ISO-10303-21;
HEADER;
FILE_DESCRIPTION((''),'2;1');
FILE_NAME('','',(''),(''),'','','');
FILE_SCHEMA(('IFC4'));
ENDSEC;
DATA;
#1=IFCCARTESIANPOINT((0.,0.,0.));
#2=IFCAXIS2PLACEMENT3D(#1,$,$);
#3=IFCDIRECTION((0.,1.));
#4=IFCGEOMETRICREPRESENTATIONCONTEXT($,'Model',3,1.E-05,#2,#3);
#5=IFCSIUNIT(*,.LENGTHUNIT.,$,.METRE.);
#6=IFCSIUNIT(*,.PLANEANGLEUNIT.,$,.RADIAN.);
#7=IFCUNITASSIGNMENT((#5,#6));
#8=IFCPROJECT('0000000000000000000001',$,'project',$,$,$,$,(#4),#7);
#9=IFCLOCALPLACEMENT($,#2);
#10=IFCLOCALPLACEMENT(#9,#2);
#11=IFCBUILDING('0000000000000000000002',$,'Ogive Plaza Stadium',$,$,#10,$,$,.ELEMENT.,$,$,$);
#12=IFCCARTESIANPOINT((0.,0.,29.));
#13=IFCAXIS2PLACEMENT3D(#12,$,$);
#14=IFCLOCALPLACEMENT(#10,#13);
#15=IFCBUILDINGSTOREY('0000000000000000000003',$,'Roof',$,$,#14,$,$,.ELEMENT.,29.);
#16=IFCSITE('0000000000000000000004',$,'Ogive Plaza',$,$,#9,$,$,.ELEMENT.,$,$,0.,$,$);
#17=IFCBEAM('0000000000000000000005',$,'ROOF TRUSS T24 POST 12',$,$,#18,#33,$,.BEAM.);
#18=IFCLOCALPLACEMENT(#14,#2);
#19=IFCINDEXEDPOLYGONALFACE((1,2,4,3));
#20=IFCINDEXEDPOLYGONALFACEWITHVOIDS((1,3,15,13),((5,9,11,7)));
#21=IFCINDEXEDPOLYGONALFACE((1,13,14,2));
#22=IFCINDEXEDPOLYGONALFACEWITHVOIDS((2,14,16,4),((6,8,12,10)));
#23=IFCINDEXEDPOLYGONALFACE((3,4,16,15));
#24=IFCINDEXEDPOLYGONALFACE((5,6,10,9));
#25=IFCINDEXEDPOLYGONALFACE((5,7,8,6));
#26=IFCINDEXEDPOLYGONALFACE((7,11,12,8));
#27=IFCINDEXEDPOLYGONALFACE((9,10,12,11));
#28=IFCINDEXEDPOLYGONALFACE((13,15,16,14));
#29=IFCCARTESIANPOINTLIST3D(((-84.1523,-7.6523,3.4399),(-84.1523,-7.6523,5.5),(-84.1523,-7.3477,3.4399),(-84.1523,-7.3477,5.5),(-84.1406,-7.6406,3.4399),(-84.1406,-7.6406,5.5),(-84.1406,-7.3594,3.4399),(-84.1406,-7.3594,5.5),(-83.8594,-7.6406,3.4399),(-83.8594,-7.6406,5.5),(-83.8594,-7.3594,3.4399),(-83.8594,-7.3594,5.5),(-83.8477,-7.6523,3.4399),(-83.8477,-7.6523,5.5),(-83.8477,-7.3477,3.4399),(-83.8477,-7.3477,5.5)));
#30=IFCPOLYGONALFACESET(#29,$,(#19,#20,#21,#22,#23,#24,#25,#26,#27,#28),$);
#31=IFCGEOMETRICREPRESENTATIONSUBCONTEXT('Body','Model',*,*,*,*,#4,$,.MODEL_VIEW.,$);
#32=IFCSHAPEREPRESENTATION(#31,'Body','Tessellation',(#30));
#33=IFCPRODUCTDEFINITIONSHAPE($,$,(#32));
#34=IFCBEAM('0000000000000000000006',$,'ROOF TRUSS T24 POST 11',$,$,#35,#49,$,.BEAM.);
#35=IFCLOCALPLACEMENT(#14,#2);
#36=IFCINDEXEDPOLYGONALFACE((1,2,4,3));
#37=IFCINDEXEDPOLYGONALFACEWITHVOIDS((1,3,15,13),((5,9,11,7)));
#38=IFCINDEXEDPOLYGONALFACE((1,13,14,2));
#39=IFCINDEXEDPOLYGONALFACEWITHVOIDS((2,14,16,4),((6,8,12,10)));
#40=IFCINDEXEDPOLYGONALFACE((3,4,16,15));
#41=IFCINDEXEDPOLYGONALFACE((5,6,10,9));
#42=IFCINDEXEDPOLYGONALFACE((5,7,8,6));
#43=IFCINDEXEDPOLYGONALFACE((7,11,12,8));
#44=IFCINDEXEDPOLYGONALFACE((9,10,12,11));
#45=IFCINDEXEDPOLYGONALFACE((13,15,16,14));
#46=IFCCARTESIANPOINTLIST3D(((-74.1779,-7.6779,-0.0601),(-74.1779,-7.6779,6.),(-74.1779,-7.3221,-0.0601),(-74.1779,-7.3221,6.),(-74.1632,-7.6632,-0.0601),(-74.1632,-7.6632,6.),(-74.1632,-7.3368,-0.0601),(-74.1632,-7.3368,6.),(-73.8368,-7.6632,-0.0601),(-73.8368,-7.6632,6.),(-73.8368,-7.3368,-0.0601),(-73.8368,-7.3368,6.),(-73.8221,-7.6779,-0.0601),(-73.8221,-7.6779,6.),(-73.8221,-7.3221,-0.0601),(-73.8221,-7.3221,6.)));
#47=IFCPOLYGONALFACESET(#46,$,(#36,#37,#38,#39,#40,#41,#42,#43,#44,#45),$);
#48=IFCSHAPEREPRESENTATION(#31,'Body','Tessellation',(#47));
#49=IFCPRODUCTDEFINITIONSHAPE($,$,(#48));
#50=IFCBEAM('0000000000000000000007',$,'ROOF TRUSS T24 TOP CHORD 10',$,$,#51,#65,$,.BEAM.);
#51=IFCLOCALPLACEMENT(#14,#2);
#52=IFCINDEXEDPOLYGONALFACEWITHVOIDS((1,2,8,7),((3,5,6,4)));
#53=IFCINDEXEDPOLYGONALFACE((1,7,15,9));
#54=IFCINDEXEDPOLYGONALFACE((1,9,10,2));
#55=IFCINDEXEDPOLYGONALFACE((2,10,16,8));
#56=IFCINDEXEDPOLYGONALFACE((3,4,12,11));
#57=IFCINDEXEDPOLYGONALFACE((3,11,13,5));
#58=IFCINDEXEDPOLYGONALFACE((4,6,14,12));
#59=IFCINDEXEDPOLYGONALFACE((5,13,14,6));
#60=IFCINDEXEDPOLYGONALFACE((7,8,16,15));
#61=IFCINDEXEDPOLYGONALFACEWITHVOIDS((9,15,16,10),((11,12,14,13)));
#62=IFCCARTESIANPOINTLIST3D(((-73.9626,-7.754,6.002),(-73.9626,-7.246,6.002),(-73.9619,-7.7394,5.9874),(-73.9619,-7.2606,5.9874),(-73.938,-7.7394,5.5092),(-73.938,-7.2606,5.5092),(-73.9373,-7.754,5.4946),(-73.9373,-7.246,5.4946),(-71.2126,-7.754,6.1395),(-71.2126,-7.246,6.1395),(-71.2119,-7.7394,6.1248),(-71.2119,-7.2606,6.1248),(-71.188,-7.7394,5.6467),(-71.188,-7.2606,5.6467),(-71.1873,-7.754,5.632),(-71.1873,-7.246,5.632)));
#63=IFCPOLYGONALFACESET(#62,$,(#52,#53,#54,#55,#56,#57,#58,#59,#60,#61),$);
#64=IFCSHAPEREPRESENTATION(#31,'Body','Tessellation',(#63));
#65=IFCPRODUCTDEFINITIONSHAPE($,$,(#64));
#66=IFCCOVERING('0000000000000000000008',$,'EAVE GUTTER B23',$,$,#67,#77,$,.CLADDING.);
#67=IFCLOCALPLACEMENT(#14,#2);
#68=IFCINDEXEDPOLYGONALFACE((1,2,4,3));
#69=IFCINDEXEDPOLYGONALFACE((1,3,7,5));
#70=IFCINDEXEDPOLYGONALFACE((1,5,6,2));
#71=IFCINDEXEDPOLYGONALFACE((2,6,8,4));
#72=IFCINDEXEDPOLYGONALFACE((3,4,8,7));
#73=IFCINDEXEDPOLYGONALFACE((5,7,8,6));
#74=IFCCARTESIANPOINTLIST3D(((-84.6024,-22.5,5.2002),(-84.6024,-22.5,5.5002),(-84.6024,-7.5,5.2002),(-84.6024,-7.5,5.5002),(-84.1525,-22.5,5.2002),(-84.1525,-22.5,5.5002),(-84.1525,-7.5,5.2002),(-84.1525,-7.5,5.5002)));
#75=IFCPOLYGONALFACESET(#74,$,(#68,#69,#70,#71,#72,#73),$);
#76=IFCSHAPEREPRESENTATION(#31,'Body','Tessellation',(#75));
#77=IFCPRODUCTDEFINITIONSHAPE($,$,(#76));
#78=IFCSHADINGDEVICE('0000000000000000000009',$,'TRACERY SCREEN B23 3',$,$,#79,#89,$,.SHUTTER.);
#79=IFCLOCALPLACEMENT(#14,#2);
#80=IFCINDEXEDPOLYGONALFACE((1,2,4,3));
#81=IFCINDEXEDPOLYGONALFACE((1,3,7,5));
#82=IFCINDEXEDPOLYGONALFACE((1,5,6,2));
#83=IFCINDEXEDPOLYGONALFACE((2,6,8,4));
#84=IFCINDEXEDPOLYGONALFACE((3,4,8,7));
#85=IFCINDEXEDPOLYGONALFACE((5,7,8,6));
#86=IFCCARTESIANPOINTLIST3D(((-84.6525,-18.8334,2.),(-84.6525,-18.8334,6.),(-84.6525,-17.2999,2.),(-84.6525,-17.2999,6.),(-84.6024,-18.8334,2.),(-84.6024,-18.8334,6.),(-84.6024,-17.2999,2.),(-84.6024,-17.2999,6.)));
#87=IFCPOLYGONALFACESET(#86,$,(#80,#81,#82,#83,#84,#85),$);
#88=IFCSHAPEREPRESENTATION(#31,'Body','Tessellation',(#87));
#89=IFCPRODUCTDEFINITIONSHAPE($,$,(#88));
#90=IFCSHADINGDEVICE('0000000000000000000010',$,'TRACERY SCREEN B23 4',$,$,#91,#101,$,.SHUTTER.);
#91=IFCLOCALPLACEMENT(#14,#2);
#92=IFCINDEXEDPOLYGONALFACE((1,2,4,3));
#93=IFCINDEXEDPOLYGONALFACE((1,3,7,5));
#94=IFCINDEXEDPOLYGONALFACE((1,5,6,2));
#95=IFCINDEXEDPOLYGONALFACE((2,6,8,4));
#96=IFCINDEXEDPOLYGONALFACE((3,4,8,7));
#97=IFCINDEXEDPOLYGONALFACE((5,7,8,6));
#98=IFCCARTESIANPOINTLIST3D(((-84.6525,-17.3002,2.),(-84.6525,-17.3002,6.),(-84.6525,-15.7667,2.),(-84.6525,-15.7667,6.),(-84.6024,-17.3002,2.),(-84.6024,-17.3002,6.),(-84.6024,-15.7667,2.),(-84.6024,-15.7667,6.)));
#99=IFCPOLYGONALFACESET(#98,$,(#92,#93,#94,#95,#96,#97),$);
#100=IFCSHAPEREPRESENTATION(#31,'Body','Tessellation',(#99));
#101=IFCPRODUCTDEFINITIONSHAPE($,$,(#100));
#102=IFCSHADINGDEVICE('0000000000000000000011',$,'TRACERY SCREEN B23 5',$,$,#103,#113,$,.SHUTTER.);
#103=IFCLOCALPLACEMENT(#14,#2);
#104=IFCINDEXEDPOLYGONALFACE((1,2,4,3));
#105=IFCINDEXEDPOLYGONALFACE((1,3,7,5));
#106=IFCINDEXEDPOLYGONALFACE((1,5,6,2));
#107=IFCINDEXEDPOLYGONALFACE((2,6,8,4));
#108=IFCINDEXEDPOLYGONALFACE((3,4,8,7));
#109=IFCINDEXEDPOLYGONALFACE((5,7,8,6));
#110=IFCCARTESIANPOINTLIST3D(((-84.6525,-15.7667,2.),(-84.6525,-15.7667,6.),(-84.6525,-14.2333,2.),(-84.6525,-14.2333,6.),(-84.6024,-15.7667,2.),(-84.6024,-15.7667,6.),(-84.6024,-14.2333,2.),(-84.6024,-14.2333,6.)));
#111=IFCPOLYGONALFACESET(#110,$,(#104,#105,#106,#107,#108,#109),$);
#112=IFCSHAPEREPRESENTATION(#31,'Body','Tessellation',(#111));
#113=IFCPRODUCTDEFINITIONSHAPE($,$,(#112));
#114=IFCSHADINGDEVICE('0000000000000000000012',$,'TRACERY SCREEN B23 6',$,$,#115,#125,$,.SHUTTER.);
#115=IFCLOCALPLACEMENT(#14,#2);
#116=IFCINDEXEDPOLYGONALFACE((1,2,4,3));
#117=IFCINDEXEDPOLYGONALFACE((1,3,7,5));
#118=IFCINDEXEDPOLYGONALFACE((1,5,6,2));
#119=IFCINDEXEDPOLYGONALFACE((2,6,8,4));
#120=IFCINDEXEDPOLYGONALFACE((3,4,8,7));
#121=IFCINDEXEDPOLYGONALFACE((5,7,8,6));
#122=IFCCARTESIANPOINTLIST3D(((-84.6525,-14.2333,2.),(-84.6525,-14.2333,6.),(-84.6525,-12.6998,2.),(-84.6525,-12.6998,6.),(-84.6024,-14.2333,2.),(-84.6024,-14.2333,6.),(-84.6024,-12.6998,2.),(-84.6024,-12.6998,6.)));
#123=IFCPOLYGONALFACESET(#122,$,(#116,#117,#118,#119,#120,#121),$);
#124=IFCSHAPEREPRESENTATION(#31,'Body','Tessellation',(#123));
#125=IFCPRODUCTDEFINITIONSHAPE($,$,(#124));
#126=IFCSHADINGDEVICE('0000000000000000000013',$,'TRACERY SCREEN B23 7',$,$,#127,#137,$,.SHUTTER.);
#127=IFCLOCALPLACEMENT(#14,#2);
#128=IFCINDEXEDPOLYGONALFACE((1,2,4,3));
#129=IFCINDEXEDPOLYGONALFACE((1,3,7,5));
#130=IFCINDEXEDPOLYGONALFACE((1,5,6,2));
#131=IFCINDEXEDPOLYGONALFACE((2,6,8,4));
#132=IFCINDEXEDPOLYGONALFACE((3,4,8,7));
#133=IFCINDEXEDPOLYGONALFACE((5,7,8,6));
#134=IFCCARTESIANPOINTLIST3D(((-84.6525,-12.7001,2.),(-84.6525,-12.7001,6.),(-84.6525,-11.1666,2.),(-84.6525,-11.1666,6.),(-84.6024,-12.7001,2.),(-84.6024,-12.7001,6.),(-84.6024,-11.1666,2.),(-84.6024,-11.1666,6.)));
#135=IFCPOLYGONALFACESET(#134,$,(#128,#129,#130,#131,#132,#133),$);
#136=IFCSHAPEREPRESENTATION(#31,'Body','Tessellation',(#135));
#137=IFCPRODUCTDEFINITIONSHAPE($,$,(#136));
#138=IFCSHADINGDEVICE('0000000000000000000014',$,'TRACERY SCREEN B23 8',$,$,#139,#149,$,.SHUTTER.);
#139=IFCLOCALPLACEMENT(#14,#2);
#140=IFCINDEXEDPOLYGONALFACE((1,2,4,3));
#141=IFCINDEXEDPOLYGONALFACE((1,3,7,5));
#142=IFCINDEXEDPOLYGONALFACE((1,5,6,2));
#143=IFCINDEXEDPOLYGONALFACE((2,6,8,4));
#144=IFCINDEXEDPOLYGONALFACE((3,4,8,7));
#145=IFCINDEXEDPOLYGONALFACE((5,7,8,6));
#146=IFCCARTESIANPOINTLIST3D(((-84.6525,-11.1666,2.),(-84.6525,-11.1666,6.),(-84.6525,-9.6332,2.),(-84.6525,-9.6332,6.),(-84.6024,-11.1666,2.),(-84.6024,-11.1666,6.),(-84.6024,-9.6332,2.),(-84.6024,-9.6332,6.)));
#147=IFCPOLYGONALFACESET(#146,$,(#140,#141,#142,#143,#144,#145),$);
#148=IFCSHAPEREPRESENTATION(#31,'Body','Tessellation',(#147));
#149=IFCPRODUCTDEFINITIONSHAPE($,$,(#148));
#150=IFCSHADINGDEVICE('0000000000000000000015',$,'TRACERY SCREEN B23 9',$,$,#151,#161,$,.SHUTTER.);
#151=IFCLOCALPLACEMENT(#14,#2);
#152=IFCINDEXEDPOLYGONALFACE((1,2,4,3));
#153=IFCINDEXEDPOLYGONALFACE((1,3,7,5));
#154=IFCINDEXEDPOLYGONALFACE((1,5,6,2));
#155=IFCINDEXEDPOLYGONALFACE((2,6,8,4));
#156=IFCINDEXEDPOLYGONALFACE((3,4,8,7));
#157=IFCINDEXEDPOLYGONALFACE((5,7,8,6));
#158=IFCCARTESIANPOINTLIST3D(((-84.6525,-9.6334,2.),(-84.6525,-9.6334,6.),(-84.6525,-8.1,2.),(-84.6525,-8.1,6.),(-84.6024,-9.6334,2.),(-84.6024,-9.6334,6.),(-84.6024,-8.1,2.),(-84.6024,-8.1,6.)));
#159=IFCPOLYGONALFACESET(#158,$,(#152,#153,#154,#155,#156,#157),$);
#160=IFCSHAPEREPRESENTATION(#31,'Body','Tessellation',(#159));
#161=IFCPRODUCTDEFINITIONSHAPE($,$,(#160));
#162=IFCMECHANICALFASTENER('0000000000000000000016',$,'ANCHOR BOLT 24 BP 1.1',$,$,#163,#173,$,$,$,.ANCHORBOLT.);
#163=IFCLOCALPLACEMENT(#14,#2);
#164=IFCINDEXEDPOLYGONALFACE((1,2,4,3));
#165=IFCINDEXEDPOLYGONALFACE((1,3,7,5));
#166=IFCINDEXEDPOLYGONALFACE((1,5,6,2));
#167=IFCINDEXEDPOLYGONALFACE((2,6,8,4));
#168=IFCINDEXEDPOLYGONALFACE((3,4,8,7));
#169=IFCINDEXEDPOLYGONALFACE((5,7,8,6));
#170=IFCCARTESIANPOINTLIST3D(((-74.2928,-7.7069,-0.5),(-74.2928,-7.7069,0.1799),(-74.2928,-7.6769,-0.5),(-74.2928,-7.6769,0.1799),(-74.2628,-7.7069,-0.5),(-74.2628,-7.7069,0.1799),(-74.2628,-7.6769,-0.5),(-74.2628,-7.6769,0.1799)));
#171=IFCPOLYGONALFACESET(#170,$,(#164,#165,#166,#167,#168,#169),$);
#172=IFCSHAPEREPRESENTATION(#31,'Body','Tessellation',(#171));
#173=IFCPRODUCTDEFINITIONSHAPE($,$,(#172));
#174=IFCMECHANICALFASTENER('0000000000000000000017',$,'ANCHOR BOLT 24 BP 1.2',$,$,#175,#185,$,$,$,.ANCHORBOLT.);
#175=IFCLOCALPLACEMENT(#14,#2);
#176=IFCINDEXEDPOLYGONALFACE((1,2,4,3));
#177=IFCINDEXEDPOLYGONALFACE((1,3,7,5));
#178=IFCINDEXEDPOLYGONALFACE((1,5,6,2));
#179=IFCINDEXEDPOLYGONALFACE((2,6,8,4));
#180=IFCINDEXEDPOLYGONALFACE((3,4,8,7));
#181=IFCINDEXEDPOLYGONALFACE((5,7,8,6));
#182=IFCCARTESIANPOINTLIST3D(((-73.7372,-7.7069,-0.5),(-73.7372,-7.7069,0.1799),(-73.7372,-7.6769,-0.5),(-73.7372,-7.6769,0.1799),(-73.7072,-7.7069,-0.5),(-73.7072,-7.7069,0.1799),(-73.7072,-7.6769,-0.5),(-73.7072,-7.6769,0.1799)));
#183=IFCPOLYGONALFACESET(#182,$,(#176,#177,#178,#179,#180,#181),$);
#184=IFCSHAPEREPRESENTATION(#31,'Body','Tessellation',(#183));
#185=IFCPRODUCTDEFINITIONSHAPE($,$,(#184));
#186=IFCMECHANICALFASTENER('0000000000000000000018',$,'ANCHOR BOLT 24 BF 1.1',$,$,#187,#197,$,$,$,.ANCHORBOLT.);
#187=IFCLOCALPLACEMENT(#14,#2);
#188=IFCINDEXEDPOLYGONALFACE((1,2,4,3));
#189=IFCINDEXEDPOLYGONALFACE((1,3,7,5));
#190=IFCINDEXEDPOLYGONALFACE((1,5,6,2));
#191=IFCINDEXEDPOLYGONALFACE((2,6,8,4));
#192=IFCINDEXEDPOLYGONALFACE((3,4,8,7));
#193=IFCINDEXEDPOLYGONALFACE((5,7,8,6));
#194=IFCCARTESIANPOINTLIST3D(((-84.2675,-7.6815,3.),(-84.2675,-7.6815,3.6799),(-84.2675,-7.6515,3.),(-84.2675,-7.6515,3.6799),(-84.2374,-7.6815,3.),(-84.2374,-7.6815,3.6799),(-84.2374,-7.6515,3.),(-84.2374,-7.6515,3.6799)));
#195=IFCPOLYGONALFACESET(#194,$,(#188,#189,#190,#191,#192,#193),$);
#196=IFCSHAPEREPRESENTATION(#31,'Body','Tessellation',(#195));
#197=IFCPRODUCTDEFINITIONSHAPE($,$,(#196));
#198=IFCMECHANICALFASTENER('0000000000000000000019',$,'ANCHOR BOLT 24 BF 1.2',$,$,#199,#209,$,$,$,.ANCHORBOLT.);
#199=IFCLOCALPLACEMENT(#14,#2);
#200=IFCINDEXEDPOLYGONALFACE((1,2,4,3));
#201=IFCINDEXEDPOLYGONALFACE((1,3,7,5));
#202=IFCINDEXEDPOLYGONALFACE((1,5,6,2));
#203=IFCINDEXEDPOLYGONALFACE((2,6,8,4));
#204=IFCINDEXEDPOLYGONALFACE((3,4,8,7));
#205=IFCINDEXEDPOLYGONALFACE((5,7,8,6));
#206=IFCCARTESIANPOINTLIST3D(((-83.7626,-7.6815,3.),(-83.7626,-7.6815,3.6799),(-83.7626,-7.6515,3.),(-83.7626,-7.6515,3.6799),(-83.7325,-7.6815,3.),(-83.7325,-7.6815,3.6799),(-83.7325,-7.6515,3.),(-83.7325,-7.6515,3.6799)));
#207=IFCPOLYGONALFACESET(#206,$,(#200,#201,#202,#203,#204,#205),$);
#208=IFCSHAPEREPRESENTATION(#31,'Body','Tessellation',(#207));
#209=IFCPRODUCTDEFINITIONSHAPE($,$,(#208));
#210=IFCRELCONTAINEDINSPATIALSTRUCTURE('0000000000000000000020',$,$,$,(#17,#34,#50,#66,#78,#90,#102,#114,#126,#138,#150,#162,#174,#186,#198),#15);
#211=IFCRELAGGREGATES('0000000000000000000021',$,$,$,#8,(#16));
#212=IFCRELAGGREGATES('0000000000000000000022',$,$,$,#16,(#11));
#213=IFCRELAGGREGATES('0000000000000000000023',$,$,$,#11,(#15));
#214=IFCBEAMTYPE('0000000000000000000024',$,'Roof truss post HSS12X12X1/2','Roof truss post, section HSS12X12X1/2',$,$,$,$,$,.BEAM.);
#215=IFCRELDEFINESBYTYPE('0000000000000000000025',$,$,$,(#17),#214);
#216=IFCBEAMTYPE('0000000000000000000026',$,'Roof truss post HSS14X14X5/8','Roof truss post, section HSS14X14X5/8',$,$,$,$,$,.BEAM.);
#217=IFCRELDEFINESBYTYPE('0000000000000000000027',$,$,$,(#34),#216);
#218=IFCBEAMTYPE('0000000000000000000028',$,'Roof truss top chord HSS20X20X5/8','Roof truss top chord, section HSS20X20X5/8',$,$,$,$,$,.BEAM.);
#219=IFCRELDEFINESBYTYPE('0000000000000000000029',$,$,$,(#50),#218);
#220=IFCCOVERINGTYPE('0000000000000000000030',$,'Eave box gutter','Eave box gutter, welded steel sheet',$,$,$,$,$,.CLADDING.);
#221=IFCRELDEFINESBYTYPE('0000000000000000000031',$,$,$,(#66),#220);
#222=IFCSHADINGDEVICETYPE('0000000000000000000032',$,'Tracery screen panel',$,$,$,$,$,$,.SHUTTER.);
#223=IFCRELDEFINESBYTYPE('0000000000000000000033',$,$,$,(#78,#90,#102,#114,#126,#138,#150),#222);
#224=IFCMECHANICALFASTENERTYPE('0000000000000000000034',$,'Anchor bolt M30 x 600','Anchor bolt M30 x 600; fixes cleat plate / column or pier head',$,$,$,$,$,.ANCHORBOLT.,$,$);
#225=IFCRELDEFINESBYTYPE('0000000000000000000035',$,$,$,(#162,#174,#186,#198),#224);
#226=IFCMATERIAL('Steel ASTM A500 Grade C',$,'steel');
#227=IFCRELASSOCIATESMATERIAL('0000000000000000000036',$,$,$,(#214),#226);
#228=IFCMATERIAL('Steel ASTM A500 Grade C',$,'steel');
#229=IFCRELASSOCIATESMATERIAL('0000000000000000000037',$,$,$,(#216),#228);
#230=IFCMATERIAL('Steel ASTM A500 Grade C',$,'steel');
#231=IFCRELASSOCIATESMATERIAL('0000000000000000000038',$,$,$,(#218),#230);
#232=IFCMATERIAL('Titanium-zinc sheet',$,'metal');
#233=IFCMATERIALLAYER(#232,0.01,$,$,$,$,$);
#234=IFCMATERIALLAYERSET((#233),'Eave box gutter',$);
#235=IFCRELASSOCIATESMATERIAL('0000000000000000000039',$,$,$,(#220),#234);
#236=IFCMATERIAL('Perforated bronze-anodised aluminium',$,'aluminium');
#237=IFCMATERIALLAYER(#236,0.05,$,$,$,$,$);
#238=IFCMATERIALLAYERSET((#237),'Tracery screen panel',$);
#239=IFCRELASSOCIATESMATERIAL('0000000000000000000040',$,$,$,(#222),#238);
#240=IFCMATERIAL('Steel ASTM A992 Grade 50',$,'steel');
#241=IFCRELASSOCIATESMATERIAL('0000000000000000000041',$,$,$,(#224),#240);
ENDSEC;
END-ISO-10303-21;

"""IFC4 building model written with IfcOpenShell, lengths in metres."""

from ifc_helpers import new_model, si_unit, direction, frame, origin, origin_2d, place, context, subcontext, project, spatial, rectangle, hollow_rectangle, extrude, material, layer, layer_set, material_profile, profile_set, type_object, element, save


model = new_model("IFC4")

# Units and contexts
model_context = context("Model", 3, precision=1e-05, world=origin(), true_north=direction((0.0, 1.0)))
body_context = subcontext(model_context, "Body", "Model", "MODEL_VIEW")
ifc_project = project(units=[si_unit("LENGTHUNIT", "METRE"), si_unit("PLANEANGLEUNIT", "RADIAN")], contexts=[model_context])

# Site, building, storey
site_placement = place(None, origin())
site = spatial("IfcSite", under=ifc_project, at=site_placement, Name="Ogive Plaza", CompositionType="ELEMENT", RefElevation=0.0)
building_placement = place(site_placement, origin())
building = spatial("IfcBuilding", under=site, at=building_placement, Name="Ogive Plaza Stadium", CompositionType="ELEMENT")
storey_placement = place(building_placement, frame((0.0, 0.0, 29.0)))
storey = spatial("IfcBuildingStorey", under=building, at=storey_placement, Name="Roof", CompositionType="ELEMENT", Elevation=29.0)

# Beams
ifc_material_1 = material(Name="Steel ASTM A500 Grade C", Category="steel")
ifc_material_profile_1 = material_profile(ifc_material_1, hollow_rectangle(XDim=0.3047, YDim=0.3047, WallThickness=0.0117, at=origin_2d()), Name="HSS12X12X1/2")
ifc_profile_set_1 = profile_set([ifc_material_profile_1], Name="Steel ASTM A500 Grade C")
beam_type_1 = type_object("IfcBeamType", Name="Roof truss post HSS12X12X1/2", Description="Roof truss post, section HSS12X12X1/2", PredefinedType="BEAM", material=ifc_profile_set_1)
beam_1_placement = place(storey_placement, frame((-84.0, -7.5, 3.4399), z_axis=(0.0, 0.0, 1.0), x_axis=(0.0, -1.0, 0.0)))
element("IfcBeam", 1, at=beam_1_placement, inside=storey, type_object=beam_type_1, Name="ROOF TRUSS T24 POST 12", PredefinedType="BEAM", context=body_context, shape_type="SweptSolid", body=[
    extrude(hollow_rectangle(XDim=0.3047, YDim=0.3047, WallThickness=0.0117, at=origin_2d()), origin(), (0.0, 0.0, 1.0), 2.0601),
])
ifc_material_2 = material(Name="Steel ASTM A500 Grade C", Category="steel")
ifc_material_profile_2 = material_profile(ifc_material_2, hollow_rectangle(XDim=0.3557, YDim=0.3557, WallThickness=0.0146, at=origin_2d()), Name="HSS14X14X5/8")
ifc_profile_set_2 = profile_set([ifc_material_profile_2], Name="Steel ASTM A500 Grade C")
beam_type_2 = type_object("IfcBeamType", Name="Roof truss post HSS14X14X5/8", Description="Roof truss post, section HSS14X14X5/8", PredefinedType="BEAM", material=ifc_profile_set_2)
beam_2_placement = place(storey_placement, frame((-74.0, -7.5, -0.0601), z_axis=(0.0, 0.0, 1.0), x_axis=(0.0, -1.0, 0.0)))
element("IfcBeam", 2, at=beam_2_placement, inside=storey, type_object=beam_type_2, Name="ROOF TRUSS T24 POST 11", PredefinedType="BEAM", context=body_context, shape_type="SweptSolid", body=[
    extrude(hollow_rectangle(XDim=0.3557, YDim=0.3557, WallThickness=0.0146, at=origin_2d()), origin(), (0.0, 0.0, 1.0), 6.0601),
])
ifc_material_3 = material(Name="Steel ASTM A500 Grade C", Category="steel")
ifc_material_profile_3 = material_profile(ifc_material_3, hollow_rectangle(XDim=0.5081, YDim=0.5081, WallThickness=0.0146, at=origin_2d()), Name="HSS20X20X5/8")
ifc_profile_set_3 = profile_set([ifc_material_profile_3], Name="Steel ASTM A500 Grade C")
beam_type_3 = type_object("IfcBeamType", Name="Roof truss top chord HSS20X20X5/8", Description="Roof truss top chord, section HSS20X20X5/8", PredefinedType="BEAM", material=ifc_profile_set_3)
beam_3_placement = place(storey_placement, frame((-71.2, -7.5, 5.8857), z_axis=(-0.998753, 0.0, -0.04992), x_axis=(0.0, -1.0, 0.0)))
element("IfcBeam", 3, at=beam_3_placement, inside=storey, type_object=beam_type_3, Name="ROOF TRUSS T24 TOP CHORD 10", PredefinedType="BEAM", context=body_context, shape_type="SweptSolid", body=[
    extrude(hollow_rectangle(XDim=0.5081, YDim=0.5081, WallThickness=0.0146, at=origin_2d()), origin(), (0.0, 0.0, 1.0), 2.7534),
])

# Covering
ifc_material_4 = material(Name="Titanium-zinc sheet", Category="metal")
ifc_layer_1 = layer(ifc_material_4, 0.01)
ifc_layer_set_1 = layer_set([ifc_layer_1], Name="Eave box gutter")
covering_type = type_object("IfcCoveringType", Name="Eave box gutter", Description="Eave box gutter, welded steel sheet", PredefinedType="CLADDING", material=ifc_layer_set_1)
covering_placement = place(storey_placement, frame((-84.3774, -15.0, 5.2002), z_axis=(0.0, 0.0, 1.0), x_axis=(0.0, 1.0, 0.0)))
element("IfcCovering", 4, at=covering_placement, inside=storey, type_object=covering_type, Name="EAVE GUTTER B23", PredefinedType="CLADDING", context=body_context, shape_type="SweptSolid", body=[
    extrude(rectangle(XDim=15.0, YDim=0.45, at=origin_2d()), origin(), (0.0, 0.0, 1.0), 0.3),
])

# Shading devices
ifc_material_5 = material(Name="Perforated bronze-anodised aluminium", Category="aluminium")
ifc_layer_2 = layer(ifc_material_5, 0.05)
ifc_layer_set_2 = layer_set([ifc_layer_2], Name="Tracery screen panel")
shading_device_type = type_object("IfcShadingDeviceType", Name="Tracery screen panel", PredefinedType="SHUTTER", material=ifc_layer_set_2)
for number, where, z_axis, x_axis, name in (
    (5, (-84.6274, -18.0667, 2.0), (0.0, 0.0, 1.0), (0.0, 1.0, 0.0), "TRACERY SCREEN B23 3"),
    (6, (-84.6274, -16.5334, 2.0), (0.0, 0.0, 1.0), (0.0, 1.0, 0.0), "TRACERY SCREEN B23 4"),
    (7, (-84.6274, -15.0, 2.0), (0.0, 0.0, 1.0), (0.0, 1.0, 0.0), "TRACERY SCREEN B23 5"),
    (8, (-84.6274, -13.4666, 2.0), (0.0, 0.0, 1.0), (0.0, 1.0, 0.0), "TRACERY SCREEN B23 6"),
    (9, (-84.6274, -11.9333, 2.0), (0.0, 0.0, 1.0), (0.0, 1.0, 0.0), "TRACERY SCREEN B23 7"),
    (10, (-84.6274, -10.3999, 2.0), (0.0, 0.0, 1.0), (0.0, 1.0, 0.0), "TRACERY SCREEN B23 8"),
    (11, (-84.6274, -8.8667, 2.0), (0.0, 0.0, 1.0), (0.0, 1.0, 0.0), "TRACERY SCREEN B23 9"),
):
    element("IfcShadingDevice", number, at=place(storey_placement, frame(where, z_axis=z_axis, x_axis=x_axis)), inside=storey, type_object=shading_device_type, Name=name, PredefinedType="SHUTTER", context=body_context, shape_type="SweptSolid", body=[
        extrude(rectangle(XDim=1.5334, YDim=0.05, at=origin_2d()), origin(), (0.0, 0.0, 1.0), 4.0),
    ])

# Mechanical fasteners
ifc_material_6 = material(Name="Steel ASTM A992 Grade 50", Category="steel")
mechanical_fastener_type_1 = type_object("IfcMechanicalFastenerType", Name="Anchor bolt M30 x 600", Description="Anchor bolt M30 x 600; fixes cleat plate / column or pier head", PredefinedType="ANCHORBOLT", material=ifc_material_6)
for number, where, z_axis, x_axis, name in (
    (12, (-74.2778, -7.6919, -0.5), (0.0, 0.0, 1.0), (-1.0, 0.0, 0.0), "ANCHOR BOLT 24 BP 1.1"),
    (13, (-73.7222, -7.6919, -0.5), (0.0, 0.0, 1.0), (-1.0, 0.0, 0.0), "ANCHOR BOLT 24 BP 1.2"),
    (14, (-84.2524, -7.6665, 3.0), (0.0, 0.0, 1.0), (-1.0, 0.0, 0.0), "ANCHOR BOLT 24 BF 1.1"),
    (15, (-83.7476, -7.6665, 3.0), (0.0, 0.0, 1.0), (-1.0, 0.0, 0.0), "ANCHOR BOLT 24 BF 1.2"),
):
    element("IfcMechanicalFastener", number, at=place(storey_placement, frame(where, z_axis=z_axis, x_axis=x_axis)), inside=storey, type_object=mechanical_fastener_type_1, Name=name, PredefinedType="ANCHORBOLT", context=body_context, shape_type="SweptSolid", body=[
        extrude(rectangle(XDim=0.03, YDim=0.03, at=origin_2d()), origin(), (0.0, 0.0, 1.0), 0.6799),
    ])

save(model, "model.ifc")
